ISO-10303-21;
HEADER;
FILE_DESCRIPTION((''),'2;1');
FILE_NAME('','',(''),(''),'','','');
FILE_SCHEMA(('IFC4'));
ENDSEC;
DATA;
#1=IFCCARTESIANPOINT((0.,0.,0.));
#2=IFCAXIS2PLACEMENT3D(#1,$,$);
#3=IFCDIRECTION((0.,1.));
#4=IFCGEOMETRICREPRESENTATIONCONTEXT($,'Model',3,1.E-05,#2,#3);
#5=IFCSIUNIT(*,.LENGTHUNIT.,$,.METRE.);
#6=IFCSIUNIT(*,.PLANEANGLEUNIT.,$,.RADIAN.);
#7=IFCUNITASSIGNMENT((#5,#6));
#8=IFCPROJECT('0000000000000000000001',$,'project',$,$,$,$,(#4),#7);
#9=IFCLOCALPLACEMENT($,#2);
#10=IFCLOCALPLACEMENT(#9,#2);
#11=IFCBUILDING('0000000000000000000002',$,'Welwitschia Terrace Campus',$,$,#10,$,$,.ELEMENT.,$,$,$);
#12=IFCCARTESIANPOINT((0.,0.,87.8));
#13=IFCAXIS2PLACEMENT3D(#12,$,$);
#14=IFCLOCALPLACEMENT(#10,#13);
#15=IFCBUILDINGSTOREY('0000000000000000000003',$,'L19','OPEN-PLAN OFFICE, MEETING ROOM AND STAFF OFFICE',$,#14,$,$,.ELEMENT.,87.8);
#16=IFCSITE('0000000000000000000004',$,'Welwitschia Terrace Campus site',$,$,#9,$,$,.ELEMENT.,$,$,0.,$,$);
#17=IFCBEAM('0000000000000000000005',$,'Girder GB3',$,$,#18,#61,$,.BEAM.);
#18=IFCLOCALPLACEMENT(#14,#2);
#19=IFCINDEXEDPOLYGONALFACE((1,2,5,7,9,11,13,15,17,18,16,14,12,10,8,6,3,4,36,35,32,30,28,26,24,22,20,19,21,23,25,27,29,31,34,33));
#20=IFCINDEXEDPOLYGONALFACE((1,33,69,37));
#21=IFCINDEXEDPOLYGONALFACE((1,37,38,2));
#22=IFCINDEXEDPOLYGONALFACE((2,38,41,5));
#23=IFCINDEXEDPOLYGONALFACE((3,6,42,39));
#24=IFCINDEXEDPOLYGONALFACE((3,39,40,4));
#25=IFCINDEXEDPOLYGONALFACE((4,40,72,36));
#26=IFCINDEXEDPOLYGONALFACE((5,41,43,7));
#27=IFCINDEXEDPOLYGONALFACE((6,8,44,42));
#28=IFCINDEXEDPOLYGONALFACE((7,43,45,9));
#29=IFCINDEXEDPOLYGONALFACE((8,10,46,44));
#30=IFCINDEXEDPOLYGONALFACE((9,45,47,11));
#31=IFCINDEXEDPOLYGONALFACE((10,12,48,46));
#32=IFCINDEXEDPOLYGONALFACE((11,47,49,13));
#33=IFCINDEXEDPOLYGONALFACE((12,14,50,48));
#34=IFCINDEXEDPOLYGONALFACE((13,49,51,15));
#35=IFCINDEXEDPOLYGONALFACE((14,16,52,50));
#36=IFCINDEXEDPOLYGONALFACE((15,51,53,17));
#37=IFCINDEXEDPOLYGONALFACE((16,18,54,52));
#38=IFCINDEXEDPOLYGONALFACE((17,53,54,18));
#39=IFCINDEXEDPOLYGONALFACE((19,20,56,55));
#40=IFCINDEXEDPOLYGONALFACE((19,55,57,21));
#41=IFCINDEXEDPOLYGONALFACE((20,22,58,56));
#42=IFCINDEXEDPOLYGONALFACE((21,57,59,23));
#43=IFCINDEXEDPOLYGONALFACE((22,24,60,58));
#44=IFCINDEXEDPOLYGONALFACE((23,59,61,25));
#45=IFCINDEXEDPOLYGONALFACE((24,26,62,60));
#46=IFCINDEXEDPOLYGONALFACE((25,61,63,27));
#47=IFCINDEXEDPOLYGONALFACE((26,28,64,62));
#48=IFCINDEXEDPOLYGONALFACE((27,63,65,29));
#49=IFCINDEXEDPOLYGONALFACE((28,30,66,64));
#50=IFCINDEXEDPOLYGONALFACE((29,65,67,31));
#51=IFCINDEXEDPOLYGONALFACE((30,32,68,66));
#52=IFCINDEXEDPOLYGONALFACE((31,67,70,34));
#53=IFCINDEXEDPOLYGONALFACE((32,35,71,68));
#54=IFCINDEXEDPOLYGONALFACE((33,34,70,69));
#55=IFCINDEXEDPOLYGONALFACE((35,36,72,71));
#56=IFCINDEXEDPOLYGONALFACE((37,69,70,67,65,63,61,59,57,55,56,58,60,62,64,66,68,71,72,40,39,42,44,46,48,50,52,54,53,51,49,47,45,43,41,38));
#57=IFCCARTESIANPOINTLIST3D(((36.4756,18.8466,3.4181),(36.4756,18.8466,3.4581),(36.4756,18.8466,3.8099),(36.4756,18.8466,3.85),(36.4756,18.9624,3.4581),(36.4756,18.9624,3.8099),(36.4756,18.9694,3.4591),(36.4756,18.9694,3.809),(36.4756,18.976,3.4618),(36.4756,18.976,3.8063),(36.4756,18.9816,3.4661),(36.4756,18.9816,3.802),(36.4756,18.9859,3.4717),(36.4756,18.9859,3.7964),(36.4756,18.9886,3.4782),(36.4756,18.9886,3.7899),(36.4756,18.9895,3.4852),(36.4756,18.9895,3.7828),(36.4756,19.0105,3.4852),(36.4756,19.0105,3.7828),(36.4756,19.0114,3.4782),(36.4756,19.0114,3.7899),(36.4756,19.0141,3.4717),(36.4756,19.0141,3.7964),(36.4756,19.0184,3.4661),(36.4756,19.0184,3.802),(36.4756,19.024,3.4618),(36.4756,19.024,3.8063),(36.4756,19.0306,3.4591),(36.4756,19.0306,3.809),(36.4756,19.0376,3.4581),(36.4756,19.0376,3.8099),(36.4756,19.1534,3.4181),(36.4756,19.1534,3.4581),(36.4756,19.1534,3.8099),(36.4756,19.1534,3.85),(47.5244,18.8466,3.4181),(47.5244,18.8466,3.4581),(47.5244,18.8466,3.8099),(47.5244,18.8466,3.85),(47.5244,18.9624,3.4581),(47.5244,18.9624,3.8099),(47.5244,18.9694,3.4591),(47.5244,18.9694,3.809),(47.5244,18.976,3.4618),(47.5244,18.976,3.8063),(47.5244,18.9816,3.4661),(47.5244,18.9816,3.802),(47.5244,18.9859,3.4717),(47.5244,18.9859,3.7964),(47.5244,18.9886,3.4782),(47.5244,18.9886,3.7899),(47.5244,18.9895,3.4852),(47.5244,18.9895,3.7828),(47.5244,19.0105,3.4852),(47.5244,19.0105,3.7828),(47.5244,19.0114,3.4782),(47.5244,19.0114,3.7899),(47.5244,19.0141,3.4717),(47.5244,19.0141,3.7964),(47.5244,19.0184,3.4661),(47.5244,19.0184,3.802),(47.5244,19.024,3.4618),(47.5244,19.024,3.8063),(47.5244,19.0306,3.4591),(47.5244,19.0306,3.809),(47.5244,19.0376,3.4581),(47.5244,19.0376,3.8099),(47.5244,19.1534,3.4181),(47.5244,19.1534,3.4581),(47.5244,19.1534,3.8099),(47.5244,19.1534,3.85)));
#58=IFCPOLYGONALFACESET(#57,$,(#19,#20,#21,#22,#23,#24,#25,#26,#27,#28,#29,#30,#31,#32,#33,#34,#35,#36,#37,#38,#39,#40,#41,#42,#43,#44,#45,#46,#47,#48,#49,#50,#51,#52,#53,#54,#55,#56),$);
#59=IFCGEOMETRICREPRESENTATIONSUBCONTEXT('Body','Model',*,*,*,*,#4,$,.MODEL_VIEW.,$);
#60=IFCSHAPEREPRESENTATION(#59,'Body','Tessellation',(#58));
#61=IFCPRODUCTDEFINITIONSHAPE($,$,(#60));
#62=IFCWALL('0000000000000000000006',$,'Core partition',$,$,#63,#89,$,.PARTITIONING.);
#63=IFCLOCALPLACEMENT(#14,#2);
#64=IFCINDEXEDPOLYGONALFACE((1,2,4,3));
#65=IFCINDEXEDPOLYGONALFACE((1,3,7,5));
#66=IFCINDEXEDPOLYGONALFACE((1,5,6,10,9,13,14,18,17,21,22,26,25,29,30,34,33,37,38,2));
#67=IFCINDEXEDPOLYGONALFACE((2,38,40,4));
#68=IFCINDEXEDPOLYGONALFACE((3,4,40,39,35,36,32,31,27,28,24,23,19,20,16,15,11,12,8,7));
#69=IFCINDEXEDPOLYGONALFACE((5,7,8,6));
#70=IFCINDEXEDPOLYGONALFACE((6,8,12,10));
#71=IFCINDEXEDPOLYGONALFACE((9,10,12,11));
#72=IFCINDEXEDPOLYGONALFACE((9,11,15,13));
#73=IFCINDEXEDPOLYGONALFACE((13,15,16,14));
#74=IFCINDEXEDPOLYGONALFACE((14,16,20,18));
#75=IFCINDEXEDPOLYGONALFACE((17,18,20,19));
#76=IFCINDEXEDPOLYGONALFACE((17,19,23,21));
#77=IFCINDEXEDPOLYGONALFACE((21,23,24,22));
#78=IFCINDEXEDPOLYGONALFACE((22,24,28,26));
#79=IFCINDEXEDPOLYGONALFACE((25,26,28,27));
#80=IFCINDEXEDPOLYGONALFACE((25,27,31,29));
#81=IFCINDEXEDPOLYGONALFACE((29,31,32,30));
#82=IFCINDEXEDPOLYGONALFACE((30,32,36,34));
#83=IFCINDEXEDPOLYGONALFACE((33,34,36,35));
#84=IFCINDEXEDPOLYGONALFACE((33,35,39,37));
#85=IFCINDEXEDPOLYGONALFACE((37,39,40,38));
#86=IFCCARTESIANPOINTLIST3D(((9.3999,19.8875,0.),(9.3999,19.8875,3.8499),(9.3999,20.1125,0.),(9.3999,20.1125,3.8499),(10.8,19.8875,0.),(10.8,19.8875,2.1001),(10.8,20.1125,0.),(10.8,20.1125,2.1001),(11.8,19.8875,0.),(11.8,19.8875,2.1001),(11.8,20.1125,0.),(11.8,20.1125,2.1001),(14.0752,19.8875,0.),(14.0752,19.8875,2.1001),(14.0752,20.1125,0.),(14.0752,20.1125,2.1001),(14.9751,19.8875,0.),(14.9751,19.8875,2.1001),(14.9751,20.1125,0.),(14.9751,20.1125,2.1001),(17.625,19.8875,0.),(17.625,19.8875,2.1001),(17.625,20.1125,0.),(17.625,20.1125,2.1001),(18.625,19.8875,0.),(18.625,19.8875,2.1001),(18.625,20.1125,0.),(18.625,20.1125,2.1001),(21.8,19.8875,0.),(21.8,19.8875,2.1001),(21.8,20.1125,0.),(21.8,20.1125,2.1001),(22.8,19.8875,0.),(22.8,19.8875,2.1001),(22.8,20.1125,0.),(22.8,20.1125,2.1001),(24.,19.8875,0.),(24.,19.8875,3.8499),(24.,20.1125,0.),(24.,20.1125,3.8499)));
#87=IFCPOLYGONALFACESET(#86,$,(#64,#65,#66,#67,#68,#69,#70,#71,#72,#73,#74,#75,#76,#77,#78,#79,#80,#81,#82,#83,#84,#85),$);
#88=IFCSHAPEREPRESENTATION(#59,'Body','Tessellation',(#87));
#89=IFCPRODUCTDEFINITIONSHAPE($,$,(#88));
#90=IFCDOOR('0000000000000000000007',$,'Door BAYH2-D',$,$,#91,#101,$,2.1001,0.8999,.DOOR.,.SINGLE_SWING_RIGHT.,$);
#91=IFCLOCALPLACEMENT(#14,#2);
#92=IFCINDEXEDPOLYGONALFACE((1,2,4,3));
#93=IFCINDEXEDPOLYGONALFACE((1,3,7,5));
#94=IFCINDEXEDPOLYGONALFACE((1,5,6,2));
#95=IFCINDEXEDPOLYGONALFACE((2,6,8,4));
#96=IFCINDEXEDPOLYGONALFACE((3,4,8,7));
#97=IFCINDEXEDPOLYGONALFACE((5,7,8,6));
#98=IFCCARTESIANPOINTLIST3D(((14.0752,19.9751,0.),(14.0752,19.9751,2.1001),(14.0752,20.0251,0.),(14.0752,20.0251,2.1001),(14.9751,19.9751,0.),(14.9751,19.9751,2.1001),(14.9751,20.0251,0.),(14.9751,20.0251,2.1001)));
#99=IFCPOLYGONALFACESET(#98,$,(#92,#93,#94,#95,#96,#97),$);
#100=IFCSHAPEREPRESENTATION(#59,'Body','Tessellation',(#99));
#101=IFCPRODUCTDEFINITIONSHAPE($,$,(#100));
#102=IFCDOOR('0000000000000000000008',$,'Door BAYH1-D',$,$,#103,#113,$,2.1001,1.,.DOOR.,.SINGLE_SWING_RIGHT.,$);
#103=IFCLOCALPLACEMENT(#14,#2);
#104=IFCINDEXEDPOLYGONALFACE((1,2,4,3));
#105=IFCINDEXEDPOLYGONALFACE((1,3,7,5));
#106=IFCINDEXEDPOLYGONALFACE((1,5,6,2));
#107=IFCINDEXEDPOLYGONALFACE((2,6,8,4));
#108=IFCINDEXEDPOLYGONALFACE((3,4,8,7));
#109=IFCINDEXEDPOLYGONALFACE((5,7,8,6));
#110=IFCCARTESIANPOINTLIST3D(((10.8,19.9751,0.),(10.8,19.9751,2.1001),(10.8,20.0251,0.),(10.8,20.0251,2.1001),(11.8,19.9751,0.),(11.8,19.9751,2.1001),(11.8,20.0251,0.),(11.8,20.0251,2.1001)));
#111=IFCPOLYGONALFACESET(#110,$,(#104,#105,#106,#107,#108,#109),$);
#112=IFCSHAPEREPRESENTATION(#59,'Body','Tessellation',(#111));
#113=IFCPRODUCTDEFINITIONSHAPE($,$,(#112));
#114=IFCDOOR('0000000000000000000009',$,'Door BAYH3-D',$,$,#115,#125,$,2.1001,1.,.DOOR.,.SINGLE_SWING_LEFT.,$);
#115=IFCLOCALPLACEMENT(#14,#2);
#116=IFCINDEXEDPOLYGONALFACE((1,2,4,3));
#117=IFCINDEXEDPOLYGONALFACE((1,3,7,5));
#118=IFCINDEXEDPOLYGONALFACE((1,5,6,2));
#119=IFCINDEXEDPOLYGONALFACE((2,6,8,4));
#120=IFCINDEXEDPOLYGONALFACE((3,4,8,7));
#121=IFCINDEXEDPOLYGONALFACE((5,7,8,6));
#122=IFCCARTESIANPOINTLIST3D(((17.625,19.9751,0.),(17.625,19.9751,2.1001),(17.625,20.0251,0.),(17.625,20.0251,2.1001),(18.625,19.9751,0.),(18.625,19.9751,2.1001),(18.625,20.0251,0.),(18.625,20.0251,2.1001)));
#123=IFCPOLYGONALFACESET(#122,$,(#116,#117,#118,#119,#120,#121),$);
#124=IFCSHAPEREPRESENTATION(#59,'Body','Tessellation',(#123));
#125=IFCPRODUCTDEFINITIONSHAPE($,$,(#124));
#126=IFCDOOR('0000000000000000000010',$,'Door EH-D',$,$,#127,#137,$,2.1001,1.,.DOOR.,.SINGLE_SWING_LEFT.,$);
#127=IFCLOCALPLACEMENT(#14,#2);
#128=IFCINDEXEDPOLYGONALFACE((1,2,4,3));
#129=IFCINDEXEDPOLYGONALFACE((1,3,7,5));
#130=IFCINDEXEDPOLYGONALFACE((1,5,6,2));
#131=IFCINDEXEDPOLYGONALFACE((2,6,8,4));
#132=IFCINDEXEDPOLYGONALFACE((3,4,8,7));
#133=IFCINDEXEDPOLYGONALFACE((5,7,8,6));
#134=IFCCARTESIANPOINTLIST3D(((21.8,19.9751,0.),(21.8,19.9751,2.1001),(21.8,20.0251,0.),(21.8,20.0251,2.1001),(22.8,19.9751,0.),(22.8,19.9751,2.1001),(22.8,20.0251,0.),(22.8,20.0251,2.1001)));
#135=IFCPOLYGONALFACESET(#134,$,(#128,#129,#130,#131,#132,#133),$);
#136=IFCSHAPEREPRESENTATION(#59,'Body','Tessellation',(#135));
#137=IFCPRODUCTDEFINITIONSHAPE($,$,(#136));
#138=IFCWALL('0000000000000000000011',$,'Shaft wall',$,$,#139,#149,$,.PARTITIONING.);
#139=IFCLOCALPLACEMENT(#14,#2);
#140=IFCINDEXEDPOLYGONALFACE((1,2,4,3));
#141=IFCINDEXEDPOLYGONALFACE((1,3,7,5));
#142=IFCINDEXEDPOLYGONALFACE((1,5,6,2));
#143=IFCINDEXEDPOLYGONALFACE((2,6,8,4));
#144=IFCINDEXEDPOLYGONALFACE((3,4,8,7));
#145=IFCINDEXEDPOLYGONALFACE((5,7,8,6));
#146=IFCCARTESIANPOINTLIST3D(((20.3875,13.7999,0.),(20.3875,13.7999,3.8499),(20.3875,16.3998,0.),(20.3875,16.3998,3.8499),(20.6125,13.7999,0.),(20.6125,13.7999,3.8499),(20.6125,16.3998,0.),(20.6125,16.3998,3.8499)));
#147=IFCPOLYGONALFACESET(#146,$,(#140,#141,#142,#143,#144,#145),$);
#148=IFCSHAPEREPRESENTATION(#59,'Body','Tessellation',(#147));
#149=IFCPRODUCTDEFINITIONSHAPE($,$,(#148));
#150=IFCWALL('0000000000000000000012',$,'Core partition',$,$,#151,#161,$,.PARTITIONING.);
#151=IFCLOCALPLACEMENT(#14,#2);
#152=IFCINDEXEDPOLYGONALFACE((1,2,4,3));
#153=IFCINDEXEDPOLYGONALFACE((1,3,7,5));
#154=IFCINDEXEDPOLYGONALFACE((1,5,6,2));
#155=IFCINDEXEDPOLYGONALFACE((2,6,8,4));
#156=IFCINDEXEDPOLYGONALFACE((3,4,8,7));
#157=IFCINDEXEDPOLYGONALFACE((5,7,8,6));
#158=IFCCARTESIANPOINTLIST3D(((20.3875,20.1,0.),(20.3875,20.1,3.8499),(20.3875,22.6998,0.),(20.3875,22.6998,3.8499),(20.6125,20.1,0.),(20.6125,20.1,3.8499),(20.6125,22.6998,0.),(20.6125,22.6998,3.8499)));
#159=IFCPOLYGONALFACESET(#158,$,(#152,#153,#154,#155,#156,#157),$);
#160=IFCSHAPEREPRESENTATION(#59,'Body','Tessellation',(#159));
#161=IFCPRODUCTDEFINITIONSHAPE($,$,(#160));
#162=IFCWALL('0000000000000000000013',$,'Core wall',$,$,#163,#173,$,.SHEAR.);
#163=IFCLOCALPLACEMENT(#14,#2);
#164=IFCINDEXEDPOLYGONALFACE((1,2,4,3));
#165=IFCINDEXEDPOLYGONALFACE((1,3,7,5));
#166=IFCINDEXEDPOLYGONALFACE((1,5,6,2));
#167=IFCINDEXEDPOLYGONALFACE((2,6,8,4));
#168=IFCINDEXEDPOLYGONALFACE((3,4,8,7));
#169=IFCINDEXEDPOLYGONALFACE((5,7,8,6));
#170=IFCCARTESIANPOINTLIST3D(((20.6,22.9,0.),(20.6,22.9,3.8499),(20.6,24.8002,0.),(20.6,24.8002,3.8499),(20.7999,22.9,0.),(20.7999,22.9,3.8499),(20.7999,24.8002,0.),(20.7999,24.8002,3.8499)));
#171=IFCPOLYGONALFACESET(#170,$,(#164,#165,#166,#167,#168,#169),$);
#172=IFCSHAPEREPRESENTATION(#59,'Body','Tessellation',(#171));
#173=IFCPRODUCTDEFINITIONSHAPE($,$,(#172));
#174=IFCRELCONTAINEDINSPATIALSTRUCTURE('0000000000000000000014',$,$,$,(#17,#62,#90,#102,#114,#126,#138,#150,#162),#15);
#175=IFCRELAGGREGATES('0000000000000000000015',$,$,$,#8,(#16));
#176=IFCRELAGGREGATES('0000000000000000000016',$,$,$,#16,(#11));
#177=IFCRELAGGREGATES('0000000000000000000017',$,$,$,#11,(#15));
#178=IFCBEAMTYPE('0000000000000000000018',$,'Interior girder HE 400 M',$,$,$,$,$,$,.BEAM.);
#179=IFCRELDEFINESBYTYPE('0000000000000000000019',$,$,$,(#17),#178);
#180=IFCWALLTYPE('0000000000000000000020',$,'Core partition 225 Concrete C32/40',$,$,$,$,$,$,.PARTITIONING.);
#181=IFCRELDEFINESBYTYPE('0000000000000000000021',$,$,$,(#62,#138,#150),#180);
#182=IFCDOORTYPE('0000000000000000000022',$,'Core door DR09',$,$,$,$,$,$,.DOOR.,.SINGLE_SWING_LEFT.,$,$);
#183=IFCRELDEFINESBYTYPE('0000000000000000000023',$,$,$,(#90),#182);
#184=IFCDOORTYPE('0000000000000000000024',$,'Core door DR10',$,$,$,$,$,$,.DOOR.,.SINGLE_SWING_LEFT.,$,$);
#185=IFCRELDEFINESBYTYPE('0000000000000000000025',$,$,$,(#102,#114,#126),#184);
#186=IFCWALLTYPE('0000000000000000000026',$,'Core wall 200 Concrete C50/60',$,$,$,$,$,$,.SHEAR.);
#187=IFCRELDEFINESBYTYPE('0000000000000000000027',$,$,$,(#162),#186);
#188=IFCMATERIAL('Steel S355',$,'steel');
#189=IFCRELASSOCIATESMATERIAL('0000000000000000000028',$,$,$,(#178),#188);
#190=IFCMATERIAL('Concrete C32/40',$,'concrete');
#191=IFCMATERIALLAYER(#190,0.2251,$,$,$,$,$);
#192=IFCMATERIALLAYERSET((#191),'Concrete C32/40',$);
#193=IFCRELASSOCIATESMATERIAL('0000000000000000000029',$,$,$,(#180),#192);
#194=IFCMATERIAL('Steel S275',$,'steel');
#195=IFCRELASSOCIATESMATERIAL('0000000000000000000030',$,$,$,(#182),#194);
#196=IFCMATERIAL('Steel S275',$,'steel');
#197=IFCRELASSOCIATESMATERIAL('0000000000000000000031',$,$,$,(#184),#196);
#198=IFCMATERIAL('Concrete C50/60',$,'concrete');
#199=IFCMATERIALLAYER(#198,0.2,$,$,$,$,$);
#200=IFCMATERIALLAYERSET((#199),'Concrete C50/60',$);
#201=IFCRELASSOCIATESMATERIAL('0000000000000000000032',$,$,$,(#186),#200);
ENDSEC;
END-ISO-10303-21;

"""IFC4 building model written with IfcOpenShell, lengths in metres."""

from ifc_helpers import new_model, si_unit, direction, frame, frame_2d, origin, origin_2d, place, context, subcontext, project, spatial, rectangle, i_section, extrude, material, layer, layer_set, material_profile, profile_set, type_object, element, fill, save


model = new_model("IFC4")

# Units and contexts
model_context = context("Model", 3, precision=1e-05, world=origin(), true_north=direction((0.0, 1.0)))
body_context = subcontext(model_context, "Body", "Model", "MODEL_VIEW")
ifc_project = project(units=[si_unit("LENGTHUNIT", "METRE"), si_unit("PLANEANGLEUNIT", "RADIAN")], contexts=[model_context])

# Site, building, storey
site_placement = place(None, origin())
site = spatial("IfcSite", under=ifc_project, at=site_placement, Name="Welwitschia Terrace Campus site", CompositionType="ELEMENT", RefElevation=0.0)
building_placement = place(site_placement, origin())
building = spatial("IfcBuilding", under=site, at=building_placement, Name="Welwitschia Terrace Campus", CompositionType="ELEMENT")
storey_placement = place(building_placement, frame((0.0, 0.0, 87.8)))
storey = spatial("IfcBuildingStorey", under=building, at=storey_placement, Name="L19", Description="OPEN-PLAN OFFICE, MEETING ROOM AND STAFF OFFICE", CompositionType="ELEMENT", Elevation=87.8)

# Beam
ifc_material_1 = material(Name="Steel S355", Category="steel")
ifc_material_profile_1 = material_profile(ifc_material_1, i_section(OverallWidth=0.3069, OverallDepth=0.4319, WebThickness=0.021, FlangeThickness=0.04, FilletRadius=0.0271, at=origin_2d()))
ifc_profile_set_1 = profile_set([ifc_material_profile_1], Name="Steel S355")
beam_type = type_object("IfcBeamType", Name="Interior girder HE 400 M", PredefinedType="BEAM", material=ifc_profile_set_1)
beam_1_placement = place(storey_placement, frame((36.4756, 19.0, 3.634), z_axis=(1.0, 0.0, 0.0), x_axis=(0.0, 1.0, 0.0)))
element("IfcBeam", 1, at=beam_1_placement, inside=storey, type_object=beam_type, Name="Girder GB3", PredefinedType="BEAM", context=body_context, shape_type="SweptSolid", body=[
    extrude(i_section(OverallWidth=0.3069, OverallDepth=0.4319, WebThickness=0.021, FlangeThickness=0.04, FilletRadius=0.0271, at=origin_2d()), origin(), (0.0, 0.0, 1.0), 11.0488),
])

# Wall, openings, doors
ifc_material_2 = material(Name="Concrete C32/40", Category="concrete")
ifc_layer_1 = layer(ifc_material_2, 0.2251)
ifc_layer_set_1 = layer_set([ifc_layer_1], Name="Concrete C32/40")
wall_type_1 = type_object("IfcWallType", Name="Core partition 225 Concrete C32/40", PredefinedType="PARTITIONING", material=ifc_layer_set_1)
wall_1_placement = place(storey_placement, frame((24.0, 20.0, 0.0), z_axis=(0.0, 0.0, 1.0), x_axis=(-1.0, 0.0, 0.0)))
wall_1 = element("IfcWall", 2, at=wall_1_placement, inside=storey, type_object=wall_type_1, Name="Core partition", PredefinedType="PARTITIONING", context=body_context, shape_type="SweptSolid", body=[
    extrude(rectangle(XDim=14.6001, YDim=0.2251, at=frame_2d((7.3, 0.0))), origin(), (0.0, 0.0, 1.0), 3.8499),
])
opening_1_placement = place(wall_1_placement, frame((12.2, 0.0, 0.0)))
opening_1 = element("IfcOpeningElement", 3, at=opening_1_placement, cuts=wall_1, PredefinedType="OPENING", context=body_context, shape_type="SweptSolid", body=[
    extrude(rectangle(XDim=1.0, YDim=2.1001, at=frame_2d((0.5, 1.05))), frame((0.0, 0.1226, 0.0), z_axis=(0.0, -1.0, 0.0), x_axis=(1.0, 0.0, 0.0)), (0.0, 0.0, 1.0), 0.2451),
])
opening_2_placement = place(wall_1_placement, frame((9.0249, 0.0, 0.0)))
opening_2 = element("IfcOpeningElement", 4, at=opening_2_placement, cuts=wall_1, PredefinedType="OPENING", context=body_context, shape_type="SweptSolid", body=[
    extrude(rectangle(XDim=0.8999, YDim=2.1001, at=frame_2d((0.45, 1.05))), frame((0.0, 0.1226, 0.0), z_axis=(0.0, -1.0, 0.0), x_axis=(1.0, 0.0, 0.0)), (0.0, 0.0, 1.0), 0.2451),
])
opening_3_placement = place(wall_1_placement, frame((5.375, 0.0, 0.0)))
opening_3 = element("IfcOpeningElement", 5, at=opening_3_placement, cuts=wall_1, PredefinedType="OPENING", context=body_context, shape_type="SweptSolid", body=[
    extrude(rectangle(XDim=1.0, YDim=2.1001, at=frame_2d((0.5, 1.05))), frame((0.0, 0.1226, 0.0), z_axis=(0.0, -1.0, 0.0), x_axis=(1.0, 0.0, 0.0)), (0.0, 0.0, 1.0), 0.2451),
])
opening_4_placement = place(wall_1_placement, frame((1.2, 0.0, 0.0)))
opening_4 = element("IfcOpeningElement", 6, at=opening_4_placement, cuts=wall_1, PredefinedType="OPENING", context=body_context, shape_type="SweptSolid", body=[
    extrude(rectangle(XDim=1.0, YDim=2.1001, at=frame_2d((0.5, 1.05))), frame((0.0, 0.1226, 0.0), z_axis=(0.0, -1.0, 0.0), x_axis=(1.0, 0.0, 0.0)), (0.0, 0.0, 1.0), 0.2451),
])
ifc_material_3 = material(Name="Steel S275", Category="steel")
door_type_1 = type_object("IfcDoorType", Name="Core door DR09", OperationType="SINGLE_SWING_LEFT", PredefinedType="DOOR", material=ifc_material_3)
door_1_placement = place(opening_2_placement, origin())
door_1 = element("IfcDoor", 7, at=door_1_placement, inside=storey, type_object=door_type_1, Name="Door BAYH2-D", OperationType="SINGLE_SWING_RIGHT", OverallHeight=2.1001, OverallWidth=0.8999, PredefinedType="DOOR", context=body_context, shape_type="SweptSolid", body=[
    extrude(rectangle(XDim=0.8999, YDim=2.1001, at=frame_2d((0.45, 1.05))), frame((0.0, 0.0249, 0.0), z_axis=(0.0, -1.0, 0.0), x_axis=(1.0, 0.0, 0.0)), (0.0, 0.0, 1.0), 0.05),
])
fill(opening_2, door_1)
ifc_material_4 = material(Name="Steel S275", Category="steel")
door_type_2 = type_object("IfcDoorType", Name="Core door DR10", OperationType="SINGLE_SWING_LEFT", PredefinedType="DOOR", material=ifc_material_4)
door_2_placement = place(opening_1_placement, origin())
door_2 = element("IfcDoor", 8, at=door_2_placement, inside=storey, type_object=door_type_2, Name="Door BAYH1-D", OperationType="SINGLE_SWING_RIGHT", OverallHeight=2.1001, OverallWidth=1.0, PredefinedType="DOOR", context=body_context, shape_type="SweptSolid", body=[
    extrude(rectangle(XDim=1.0, YDim=2.1001, at=frame_2d((0.5, 1.05))), frame((0.0, 0.0249, 0.0), z_axis=(0.0, -1.0, 0.0), x_axis=(1.0, 0.0, 0.0)), (0.0, 0.0, 1.0), 0.05),
])
fill(opening_1, door_2)
door_3_placement = place(opening_3_placement, origin())
door_3 = element("IfcDoor", 9, at=door_3_placement, inside=storey, type_object=door_type_2, Name="Door BAYH3-D", OperationType="SINGLE_SWING_LEFT", OverallHeight=2.1001, OverallWidth=1.0, PredefinedType="DOOR", context=body_context, shape_type="SweptSolid", body=[
    extrude(rectangle(XDim=1.0, YDim=2.1001, at=frame_2d((0.5, 1.05))), frame((0.0, 0.0249, 0.0), z_axis=(0.0, -1.0, 0.0), x_axis=(1.0, 0.0, 0.0)), (0.0, 0.0, 1.0), 0.05),
])
fill(opening_3, door_3)
door_4_placement = place(opening_4_placement, origin())
door_4 = element("IfcDoor", 10, at=door_4_placement, inside=storey, type_object=door_type_2, Name="Door EH-D", OperationType="SINGLE_SWING_LEFT", OverallHeight=2.1001, OverallWidth=1.0, PredefinedType="DOOR", context=body_context, shape_type="SweptSolid", body=[
    extrude(rectangle(XDim=1.0, YDim=2.1001, at=frame_2d((0.5, 1.05))), frame((0.0, 0.0249, 0.0), z_axis=(0.0, -1.0, 0.0), x_axis=(1.0, 0.0, 0.0)), (0.0, 0.0, 1.0), 0.05),
])
fill(opening_4, door_4)

# Walls
for number, where, z_axis, x_axis, name in (
    (11, (20.5, 13.8, 0.0), (0.0, 0.0, 1.0), (0.0, 1.0, 0.0), "Shaft wall"),
    (12, (20.5, 20.1001, 0.0), (0.0, 0.0, 1.0), (0.0, 1.0, 0.0), "Core partition"),
):
    element("IfcWall", number, at=place(storey_placement, frame(where, z_axis=z_axis, x_axis=x_axis)), inside=storey, type_object=wall_type_1, Name=name, PredefinedType="PARTITIONING", context=body_context, shape_type="SweptSolid", body=[
        extrude(rectangle(XDim=2.5999, YDim=0.2251, at=frame_2d((1.2998, 0.0))), origin(), (0.0, 0.0, 1.0), 3.8499),
    ])
ifc_material_5 = material(Name="Concrete C50/60", Category="concrete")
ifc_layer_2 = layer(ifc_material_5, 0.2)
ifc_layer_set_2 = layer_set([ifc_layer_2], Name="Concrete C50/60")
wall_type_2 = type_object("IfcWallType", Name="Core wall 200 Concrete C50/60", PredefinedType="SHEAR", material=ifc_layer_set_2)
wall_2_placement = place(storey_placement, frame((20.7, 22.8999, 0.0), z_axis=(0.0, 0.0, 1.0), x_axis=(0.0, 1.0, 0.0)))
element("IfcWall", 13, at=wall_2_placement, inside=storey, type_object=wall_type_2, Name="Core wall", PredefinedType="SHEAR", context=body_context, shape_type="SweptSolid", body=[
    extrude(rectangle(XDim=1.9001, YDim=0.2, at=frame_2d((0.9502, 0.0))), origin(), (0.0, 0.0, 1.0), 3.8499),
])

save(model, "model.ifc")
